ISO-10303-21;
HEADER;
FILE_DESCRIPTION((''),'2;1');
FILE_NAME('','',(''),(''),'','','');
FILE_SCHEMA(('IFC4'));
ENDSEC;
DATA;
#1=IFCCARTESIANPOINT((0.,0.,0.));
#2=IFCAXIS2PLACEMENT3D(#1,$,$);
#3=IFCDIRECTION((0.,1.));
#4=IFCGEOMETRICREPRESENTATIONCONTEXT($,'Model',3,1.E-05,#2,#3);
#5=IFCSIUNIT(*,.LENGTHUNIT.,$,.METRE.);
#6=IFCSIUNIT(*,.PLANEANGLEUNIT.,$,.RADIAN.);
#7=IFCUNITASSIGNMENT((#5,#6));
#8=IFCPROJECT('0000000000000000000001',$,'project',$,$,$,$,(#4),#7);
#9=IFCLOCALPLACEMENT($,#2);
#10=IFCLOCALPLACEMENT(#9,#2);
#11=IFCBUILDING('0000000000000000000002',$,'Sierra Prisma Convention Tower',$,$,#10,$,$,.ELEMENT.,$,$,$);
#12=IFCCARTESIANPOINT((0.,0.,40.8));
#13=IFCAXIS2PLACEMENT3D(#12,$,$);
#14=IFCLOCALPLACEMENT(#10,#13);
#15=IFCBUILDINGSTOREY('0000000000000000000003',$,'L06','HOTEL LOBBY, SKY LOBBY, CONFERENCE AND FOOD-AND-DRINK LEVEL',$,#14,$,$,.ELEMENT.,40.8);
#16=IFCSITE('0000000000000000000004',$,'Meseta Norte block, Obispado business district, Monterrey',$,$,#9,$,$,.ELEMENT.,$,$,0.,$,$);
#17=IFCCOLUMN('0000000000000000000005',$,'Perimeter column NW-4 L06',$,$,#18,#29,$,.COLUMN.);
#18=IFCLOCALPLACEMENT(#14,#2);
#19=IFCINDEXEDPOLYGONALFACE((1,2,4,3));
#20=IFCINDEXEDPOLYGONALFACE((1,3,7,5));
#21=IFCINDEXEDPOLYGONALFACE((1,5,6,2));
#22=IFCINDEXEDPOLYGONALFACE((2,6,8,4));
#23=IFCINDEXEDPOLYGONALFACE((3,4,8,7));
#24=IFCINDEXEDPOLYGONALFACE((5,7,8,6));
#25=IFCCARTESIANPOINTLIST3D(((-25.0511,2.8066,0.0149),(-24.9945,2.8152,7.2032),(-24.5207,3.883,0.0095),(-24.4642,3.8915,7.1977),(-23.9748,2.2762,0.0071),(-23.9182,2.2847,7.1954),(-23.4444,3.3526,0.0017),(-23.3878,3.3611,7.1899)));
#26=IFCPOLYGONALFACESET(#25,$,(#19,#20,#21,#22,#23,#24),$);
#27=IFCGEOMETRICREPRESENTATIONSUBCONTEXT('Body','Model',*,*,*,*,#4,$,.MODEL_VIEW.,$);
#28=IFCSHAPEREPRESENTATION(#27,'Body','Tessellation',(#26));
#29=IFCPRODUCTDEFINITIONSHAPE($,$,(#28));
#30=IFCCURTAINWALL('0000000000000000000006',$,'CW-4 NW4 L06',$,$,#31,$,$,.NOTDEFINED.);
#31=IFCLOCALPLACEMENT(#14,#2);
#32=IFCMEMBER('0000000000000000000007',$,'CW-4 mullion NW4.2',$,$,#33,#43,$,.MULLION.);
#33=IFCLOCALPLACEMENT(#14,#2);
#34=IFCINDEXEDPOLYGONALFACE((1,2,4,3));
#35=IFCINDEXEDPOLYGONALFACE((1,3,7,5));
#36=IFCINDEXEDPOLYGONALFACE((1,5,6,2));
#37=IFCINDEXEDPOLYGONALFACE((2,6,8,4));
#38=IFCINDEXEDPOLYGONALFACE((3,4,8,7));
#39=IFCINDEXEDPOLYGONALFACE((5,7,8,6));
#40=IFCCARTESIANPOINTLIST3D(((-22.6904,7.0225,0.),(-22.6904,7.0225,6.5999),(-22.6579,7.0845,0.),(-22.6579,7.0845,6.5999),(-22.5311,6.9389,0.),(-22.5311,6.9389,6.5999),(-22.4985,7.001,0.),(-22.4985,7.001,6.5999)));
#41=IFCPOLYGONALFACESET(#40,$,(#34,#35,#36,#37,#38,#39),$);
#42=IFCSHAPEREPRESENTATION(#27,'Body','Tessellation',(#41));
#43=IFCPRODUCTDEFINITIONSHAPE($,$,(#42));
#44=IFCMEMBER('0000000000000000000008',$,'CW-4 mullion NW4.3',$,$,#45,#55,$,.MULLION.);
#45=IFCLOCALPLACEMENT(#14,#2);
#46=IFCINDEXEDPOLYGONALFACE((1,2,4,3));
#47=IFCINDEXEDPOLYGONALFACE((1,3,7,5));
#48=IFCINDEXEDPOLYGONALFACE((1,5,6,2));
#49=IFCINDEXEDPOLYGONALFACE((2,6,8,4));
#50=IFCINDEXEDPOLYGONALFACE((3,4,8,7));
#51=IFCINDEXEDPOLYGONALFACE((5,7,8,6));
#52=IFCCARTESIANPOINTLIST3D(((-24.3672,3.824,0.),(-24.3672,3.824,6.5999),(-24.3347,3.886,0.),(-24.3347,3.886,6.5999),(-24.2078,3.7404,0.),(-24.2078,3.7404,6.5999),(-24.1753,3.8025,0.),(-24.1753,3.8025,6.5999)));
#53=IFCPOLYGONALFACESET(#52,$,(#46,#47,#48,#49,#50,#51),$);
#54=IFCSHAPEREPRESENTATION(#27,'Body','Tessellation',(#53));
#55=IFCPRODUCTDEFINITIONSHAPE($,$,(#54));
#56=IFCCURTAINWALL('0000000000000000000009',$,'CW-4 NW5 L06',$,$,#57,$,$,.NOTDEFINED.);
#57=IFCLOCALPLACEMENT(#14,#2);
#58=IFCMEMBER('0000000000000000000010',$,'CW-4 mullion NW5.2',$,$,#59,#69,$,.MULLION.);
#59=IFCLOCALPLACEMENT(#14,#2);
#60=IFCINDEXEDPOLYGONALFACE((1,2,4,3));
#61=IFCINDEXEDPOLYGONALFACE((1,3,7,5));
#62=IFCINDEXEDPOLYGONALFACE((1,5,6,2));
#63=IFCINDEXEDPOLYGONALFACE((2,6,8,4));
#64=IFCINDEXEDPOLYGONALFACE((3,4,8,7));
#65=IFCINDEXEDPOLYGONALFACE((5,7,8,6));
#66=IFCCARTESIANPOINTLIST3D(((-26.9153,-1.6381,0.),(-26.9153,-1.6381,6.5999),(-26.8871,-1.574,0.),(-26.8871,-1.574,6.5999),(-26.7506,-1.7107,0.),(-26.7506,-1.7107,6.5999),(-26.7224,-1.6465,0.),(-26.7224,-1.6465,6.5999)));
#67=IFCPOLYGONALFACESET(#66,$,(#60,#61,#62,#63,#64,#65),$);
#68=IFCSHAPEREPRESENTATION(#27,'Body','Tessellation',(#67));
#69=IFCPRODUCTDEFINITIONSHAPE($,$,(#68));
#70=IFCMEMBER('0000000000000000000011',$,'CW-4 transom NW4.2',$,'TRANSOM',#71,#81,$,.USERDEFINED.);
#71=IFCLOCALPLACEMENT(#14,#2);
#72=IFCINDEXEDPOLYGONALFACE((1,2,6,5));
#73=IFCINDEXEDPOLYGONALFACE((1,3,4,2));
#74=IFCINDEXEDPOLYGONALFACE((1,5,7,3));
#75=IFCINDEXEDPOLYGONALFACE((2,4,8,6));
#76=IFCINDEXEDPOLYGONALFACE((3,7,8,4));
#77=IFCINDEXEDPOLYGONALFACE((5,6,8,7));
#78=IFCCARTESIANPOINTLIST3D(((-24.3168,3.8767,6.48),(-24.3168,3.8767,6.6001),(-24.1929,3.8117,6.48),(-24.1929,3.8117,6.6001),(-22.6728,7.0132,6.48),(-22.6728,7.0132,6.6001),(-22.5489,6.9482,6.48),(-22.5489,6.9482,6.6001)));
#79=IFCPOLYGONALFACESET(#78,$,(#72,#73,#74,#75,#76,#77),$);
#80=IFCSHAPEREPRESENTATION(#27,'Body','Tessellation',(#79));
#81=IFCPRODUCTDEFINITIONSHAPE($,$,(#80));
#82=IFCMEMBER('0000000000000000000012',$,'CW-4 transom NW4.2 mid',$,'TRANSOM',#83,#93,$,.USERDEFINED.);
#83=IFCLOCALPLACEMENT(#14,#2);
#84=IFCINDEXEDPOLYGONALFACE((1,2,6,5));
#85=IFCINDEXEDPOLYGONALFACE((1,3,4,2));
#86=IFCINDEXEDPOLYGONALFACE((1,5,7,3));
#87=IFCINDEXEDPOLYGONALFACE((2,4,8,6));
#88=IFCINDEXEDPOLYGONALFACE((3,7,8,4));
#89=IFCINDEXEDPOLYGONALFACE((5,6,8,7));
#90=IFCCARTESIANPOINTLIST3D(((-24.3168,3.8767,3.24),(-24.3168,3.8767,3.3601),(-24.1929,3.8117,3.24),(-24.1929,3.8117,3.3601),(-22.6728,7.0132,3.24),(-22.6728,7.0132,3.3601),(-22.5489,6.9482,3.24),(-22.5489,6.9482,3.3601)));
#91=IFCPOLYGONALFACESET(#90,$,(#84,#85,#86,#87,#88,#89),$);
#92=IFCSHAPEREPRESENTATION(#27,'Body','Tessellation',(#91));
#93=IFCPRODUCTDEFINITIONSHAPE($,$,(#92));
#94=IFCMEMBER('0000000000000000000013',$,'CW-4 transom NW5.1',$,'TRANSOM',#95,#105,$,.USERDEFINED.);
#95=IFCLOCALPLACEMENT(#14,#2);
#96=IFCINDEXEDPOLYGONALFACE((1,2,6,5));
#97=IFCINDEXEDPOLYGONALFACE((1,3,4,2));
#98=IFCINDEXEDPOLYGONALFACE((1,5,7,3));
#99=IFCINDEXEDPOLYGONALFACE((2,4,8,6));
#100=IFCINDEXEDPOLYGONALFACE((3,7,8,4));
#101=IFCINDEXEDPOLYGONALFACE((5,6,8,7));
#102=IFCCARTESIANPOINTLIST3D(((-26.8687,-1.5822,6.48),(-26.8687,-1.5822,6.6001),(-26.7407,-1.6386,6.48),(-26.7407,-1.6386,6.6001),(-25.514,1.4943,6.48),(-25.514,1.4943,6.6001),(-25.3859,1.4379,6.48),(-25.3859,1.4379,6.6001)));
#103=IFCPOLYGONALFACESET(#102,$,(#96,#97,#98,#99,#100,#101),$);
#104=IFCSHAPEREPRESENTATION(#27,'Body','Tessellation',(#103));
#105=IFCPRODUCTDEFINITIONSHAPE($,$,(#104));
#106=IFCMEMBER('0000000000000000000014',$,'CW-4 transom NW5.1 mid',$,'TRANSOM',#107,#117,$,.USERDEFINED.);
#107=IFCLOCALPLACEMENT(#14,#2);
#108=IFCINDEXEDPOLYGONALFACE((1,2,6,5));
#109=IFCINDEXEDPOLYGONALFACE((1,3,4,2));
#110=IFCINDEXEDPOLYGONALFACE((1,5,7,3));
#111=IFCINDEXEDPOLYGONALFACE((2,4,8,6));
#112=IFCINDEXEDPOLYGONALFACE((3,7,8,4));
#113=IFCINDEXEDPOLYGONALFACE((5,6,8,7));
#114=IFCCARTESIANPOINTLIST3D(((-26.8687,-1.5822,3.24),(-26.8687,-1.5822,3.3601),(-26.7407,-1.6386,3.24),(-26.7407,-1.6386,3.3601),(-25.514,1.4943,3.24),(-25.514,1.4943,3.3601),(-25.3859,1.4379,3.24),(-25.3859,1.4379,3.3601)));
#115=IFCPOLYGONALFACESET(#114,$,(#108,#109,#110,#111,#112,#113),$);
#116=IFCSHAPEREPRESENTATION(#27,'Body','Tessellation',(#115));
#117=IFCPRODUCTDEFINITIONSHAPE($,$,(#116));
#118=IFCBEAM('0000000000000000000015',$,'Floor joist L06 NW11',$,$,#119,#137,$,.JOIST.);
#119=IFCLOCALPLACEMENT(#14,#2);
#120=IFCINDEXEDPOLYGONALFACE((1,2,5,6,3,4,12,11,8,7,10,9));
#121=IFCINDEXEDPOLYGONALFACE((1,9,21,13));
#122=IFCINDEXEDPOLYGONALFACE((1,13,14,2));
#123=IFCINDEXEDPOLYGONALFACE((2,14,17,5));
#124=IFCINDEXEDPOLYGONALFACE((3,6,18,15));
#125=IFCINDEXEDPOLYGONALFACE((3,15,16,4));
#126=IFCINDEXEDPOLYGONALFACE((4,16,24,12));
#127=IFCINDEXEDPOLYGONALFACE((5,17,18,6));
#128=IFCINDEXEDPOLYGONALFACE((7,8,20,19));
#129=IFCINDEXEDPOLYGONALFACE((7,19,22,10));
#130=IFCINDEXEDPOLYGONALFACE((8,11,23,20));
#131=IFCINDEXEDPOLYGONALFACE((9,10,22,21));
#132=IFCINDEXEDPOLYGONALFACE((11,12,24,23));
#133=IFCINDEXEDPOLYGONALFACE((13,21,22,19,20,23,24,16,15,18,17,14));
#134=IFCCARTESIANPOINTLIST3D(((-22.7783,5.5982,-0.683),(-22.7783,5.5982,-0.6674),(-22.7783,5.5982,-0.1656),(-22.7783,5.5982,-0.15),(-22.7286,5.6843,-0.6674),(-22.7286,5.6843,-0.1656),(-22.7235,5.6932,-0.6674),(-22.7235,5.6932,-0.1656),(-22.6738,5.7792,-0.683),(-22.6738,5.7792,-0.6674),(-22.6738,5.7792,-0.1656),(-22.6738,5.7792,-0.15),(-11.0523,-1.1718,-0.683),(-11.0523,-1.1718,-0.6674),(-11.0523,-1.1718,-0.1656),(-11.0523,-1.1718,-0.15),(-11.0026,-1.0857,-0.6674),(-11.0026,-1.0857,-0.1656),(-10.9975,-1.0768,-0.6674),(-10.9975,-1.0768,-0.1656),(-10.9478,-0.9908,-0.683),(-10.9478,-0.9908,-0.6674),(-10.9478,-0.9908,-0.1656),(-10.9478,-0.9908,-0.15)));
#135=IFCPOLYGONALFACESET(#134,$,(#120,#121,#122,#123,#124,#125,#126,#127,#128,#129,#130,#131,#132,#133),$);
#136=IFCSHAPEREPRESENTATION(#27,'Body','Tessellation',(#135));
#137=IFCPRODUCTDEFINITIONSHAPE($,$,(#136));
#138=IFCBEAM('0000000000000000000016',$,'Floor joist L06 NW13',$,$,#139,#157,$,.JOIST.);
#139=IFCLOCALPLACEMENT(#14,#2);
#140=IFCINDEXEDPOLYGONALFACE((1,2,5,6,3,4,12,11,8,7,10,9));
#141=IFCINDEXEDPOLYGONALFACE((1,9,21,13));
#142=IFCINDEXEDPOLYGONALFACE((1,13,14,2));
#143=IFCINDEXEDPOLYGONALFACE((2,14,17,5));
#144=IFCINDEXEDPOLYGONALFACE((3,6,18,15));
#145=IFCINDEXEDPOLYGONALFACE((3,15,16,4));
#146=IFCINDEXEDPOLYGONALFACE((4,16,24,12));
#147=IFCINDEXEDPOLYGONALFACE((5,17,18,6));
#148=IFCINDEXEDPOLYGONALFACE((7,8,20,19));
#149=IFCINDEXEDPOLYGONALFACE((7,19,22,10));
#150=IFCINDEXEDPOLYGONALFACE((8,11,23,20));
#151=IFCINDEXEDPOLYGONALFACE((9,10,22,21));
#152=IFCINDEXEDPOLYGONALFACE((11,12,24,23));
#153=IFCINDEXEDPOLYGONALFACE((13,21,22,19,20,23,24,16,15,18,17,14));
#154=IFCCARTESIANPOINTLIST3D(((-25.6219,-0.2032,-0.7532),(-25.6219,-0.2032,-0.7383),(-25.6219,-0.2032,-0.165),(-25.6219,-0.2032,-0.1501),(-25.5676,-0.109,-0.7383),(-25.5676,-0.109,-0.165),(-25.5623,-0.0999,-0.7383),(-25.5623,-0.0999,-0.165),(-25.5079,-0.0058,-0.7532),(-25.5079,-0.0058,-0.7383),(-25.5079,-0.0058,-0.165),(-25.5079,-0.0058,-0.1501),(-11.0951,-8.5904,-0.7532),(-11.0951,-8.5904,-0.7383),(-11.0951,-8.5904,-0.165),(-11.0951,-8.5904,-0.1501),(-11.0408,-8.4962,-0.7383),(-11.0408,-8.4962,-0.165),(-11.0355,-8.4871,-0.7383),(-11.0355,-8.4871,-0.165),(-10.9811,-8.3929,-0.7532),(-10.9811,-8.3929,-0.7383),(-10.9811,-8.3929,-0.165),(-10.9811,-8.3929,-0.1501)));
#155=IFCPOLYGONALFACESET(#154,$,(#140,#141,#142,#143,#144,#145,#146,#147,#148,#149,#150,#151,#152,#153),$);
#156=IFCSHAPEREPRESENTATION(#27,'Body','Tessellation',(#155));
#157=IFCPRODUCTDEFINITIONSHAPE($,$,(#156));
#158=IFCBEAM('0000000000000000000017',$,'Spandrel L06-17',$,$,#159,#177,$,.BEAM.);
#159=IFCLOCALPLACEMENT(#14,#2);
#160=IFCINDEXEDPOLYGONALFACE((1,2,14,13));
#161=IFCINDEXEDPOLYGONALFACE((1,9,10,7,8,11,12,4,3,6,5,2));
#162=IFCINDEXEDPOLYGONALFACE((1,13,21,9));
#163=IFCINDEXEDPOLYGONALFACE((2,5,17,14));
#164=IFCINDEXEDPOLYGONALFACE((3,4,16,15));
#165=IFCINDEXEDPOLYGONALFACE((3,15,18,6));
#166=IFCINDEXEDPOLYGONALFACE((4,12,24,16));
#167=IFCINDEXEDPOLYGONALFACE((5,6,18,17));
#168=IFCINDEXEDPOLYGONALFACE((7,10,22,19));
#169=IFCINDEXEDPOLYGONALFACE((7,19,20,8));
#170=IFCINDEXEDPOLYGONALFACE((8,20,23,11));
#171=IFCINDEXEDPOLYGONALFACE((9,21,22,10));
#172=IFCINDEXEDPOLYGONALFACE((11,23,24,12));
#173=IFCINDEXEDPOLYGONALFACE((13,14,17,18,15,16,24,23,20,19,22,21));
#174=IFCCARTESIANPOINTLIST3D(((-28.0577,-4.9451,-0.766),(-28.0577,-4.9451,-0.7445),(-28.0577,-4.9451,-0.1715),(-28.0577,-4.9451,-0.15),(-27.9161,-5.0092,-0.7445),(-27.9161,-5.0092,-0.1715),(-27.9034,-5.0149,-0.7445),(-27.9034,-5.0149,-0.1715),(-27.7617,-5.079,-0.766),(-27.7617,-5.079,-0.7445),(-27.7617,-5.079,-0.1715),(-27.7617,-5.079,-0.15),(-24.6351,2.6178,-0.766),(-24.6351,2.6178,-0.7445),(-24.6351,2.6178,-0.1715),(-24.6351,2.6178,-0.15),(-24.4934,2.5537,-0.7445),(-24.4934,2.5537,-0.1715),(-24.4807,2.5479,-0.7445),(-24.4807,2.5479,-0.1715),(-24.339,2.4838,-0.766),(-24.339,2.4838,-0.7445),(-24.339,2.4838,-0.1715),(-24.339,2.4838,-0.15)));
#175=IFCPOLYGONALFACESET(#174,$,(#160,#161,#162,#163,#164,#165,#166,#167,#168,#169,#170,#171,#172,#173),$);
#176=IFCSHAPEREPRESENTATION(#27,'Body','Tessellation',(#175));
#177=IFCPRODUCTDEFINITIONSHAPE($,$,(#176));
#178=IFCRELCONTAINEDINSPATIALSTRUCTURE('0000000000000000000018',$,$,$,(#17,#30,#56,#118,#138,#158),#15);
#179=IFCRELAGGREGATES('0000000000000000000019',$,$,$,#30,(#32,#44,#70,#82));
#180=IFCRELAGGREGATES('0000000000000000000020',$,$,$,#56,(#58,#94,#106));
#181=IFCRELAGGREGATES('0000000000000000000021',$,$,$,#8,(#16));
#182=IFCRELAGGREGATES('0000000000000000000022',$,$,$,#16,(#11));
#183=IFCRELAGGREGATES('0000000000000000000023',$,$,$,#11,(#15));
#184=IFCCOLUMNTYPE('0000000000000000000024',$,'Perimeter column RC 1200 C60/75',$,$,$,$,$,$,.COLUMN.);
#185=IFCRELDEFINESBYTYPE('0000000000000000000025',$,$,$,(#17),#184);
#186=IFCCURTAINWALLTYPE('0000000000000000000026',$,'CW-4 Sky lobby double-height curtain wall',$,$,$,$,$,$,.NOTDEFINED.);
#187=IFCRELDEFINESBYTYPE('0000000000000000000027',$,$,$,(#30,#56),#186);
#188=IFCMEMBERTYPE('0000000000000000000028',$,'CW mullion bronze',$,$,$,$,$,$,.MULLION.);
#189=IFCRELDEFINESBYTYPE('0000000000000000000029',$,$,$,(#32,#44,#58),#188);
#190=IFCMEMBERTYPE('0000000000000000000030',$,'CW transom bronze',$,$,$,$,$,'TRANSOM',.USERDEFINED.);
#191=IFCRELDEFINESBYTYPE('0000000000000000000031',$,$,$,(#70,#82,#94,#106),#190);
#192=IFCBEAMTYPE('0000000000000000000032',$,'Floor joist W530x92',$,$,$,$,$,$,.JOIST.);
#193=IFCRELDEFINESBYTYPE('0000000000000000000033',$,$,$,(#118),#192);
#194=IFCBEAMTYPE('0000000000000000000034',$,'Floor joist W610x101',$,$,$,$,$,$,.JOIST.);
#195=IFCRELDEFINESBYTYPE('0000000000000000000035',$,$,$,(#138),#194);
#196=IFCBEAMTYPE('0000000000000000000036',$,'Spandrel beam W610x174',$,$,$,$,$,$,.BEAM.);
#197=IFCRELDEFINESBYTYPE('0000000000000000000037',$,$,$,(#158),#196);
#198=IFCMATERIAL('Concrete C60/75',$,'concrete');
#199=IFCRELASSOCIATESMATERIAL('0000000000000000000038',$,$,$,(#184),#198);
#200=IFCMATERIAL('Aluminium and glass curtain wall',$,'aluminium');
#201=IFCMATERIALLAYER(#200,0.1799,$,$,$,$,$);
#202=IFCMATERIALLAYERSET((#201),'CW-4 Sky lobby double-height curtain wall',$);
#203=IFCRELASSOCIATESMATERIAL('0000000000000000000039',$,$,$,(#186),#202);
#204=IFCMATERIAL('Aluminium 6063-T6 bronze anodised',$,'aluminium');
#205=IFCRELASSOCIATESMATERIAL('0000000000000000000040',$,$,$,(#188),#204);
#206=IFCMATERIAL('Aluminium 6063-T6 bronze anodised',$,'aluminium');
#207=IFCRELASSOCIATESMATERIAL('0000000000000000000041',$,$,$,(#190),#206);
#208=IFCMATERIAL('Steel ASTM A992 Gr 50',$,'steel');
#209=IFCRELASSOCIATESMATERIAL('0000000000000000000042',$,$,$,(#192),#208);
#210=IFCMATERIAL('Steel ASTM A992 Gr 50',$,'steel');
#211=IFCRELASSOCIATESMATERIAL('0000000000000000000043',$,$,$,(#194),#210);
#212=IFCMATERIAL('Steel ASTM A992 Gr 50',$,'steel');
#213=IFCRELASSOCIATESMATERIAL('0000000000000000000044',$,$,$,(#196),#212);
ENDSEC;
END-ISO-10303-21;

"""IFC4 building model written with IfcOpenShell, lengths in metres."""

from ifc_helpers import new_model, si_unit, direction, frame, origin, origin_2d, place, context, subcontext, project, spatial, rectangle, i_section, extrude, clip, halfspace, material, layer, layer_set, material_profile, profile_set, type_object, element, aggregate, save


model = new_model("IFC4")

# Units and contexts
model_context = context("Model", 3, precision=1e-05, world=origin(), true_north=direction((0.0, 1.0)))
body_context = subcontext(model_context, "Body", "Model", "MODEL_VIEW")
ifc_project = project(units=[si_unit("LENGTHUNIT", "METRE"), si_unit("PLANEANGLEUNIT", "RADIAN")], contexts=[model_context])

# Site, building, storey
site_placement = place(None, origin())
site = spatial("IfcSite", under=ifc_project, at=site_placement, Name="Meseta Norte block, Obispado business district, Monterrey", CompositionType="ELEMENT", RefElevation=0.0)
building_placement = place(site_placement, origin())
building = spatial("IfcBuilding", under=site, at=building_placement, Name="Sierra Prisma Convention Tower", CompositionType="ELEMENT")
storey_placement = place(building_placement, frame((0.0, 0.0, 40.8)))
storey = spatial("IfcBuildingStorey", under=building, at=storey_placement, Name="L06", Description="HOTEL LOBBY, SKY LOBBY, CONFERENCE AND FOOD-AND-DRINK LEVEL", CompositionType="ELEMENT", Elevation=40.8)

# Column
ifc_material_1 = material(Name="Concrete C60/75", Category="concrete")
ifc_material_profile_1 = material_profile(ifc_material_1, rectangle(XDim=1.2, YDim=1.2, at=origin_2d()), Name="Perimeter column RC 1200 C60/75")
ifc_profile_set_1 = profile_set([ifc_material_profile_1], Name="Concrete C60/75")
column_type = type_object("IfcColumnType", Name="Perimeter column RC 1200 C60/75", PredefinedType="COLUMN", material=ifc_profile_set_1)
column_placement = place(storey_placement, frame((-24.2478, 3.0796, 0.0), z_axis=(0.007867, 0.001187, 0.999968), x_axis=(0.442009, 0.896999, -0.004542)))
element("IfcColumn", 1, at=column_placement, inside=storey, type_object=column_type, Name="Perimeter column NW-4 L06", PredefinedType="COLUMN", context=body_context, shape_type="SweptSolid", body=[
    clip(clip(extrude(rectangle(XDim=1.2, YDim=1.2, at=origin_2d()), origin(), (0.0, 0.0, 1.0), 7.2002), halfspace(frame((0.0, 0.0, 0.0083)), True)), halfspace(frame((0.0, 0.0, 7.1968)), False)),
])

# Curtain wall, members
ifc_material_2 = material(Name="Aluminium and glass curtain wall", Category="aluminium")
ifc_layer_1 = layer(ifc_material_2, 0.1799)
ifc_layer_set_1 = layer_set([ifc_layer_1], Name="CW-4 Sky lobby double-height curtain wall")
curtain_wall_type = type_object("IfcCurtainWallType", Name="CW-4 Sky lobby double-height curtain wall", PredefinedType="NOTDEFINED", material=ifc_layer_set_1)
curtain_wall_1_placement = place(storey_placement, origin())
curtain_wall_1 = element("IfcCurtainWall", 2, at=curtain_wall_1_placement, inside=storey, type_object=curtain_wall_type, Name="CW-4 NW4 L06", PredefinedType="NOTDEFINED")
ifc_material_3 = material(Name="Aluminium 6063-T6 bronze anodised", Category="aluminium")
ifc_material_profile_2 = material_profile(ifc_material_3, rectangle(XDim=0.1799, YDim=0.0701, at=origin_2d()), Name="ALU MULLION 70x180")
ifc_profile_set_2 = profile_set([ifc_material_profile_2], Name="Aluminium 6063-T6 bronze anodised")
member_type_1 = type_object("IfcMemberType", Name="CW mullion bronze", PredefinedType="MULLION", material=ifc_profile_set_2)
member_1_placement = place(storey_placement, frame((-22.5945, 7.0117, 0.0), z_axis=(0.0, 0.0, 1.0), x_axis=(0.885704, -0.464251, 0.0)))
member_1 = element("IfcMember", 3, at=member_1_placement, type_object=member_type_1, Name="CW-4 mullion NW4.2", PredefinedType="MULLION", context=body_context, shape_type="SweptSolid", body=[
    extrude(rectangle(XDim=0.1799, YDim=0.0701, at=origin_2d()), origin(), (0.0, 0.0, 1.0), 6.5999),
])
member_2_placement = place(storey_placement, frame((-24.2712, 3.8132, 0.0), z_axis=(0.0, 0.0, 1.0), x_axis=(0.885704, -0.464251, 0.0)))
member_2 = element("IfcMember", 4, at=member_2_placement, type_object=member_type_1, Name="CW-4 mullion NW4.3", PredefinedType="MULLION", context=body_context, shape_type="SweptSolid", body=[
    extrude(rectangle(XDim=0.1799, YDim=0.0701, at=origin_2d()), origin(), (0.0, 0.0, 1.0), 6.5999),
])

# Curtain wall, member
curtain_wall_2_placement = place(storey_placement, origin())
curtain_wall_2 = element("IfcCurtainWall", 5, at=curtain_wall_2_placement, inside=storey, type_object=curtain_wall_type, Name="CW-4 NW5 L06", PredefinedType="NOTDEFINED")
member_3_placement = place(storey_placement, frame((-26.8188, -1.6423, 0.0), z_axis=(0.0, 0.0, 1.0), x_axis=(0.915207, -0.402984, 0.0)))
member_3 = element("IfcMember", 6, at=member_3_placement, type_object=member_type_1, Name="CW-4 mullion NW5.2", PredefinedType="MULLION", context=body_context, shape_type="SweptSolid", body=[
    extrude(rectangle(XDim=0.1799, YDim=0.0701, at=origin_2d()), origin(), (0.0, 0.0, 1.0), 6.5999),
])

# Members
ifc_material_4 = material(Name="Aluminium 6063-T6 bronze anodised", Category="aluminium")
ifc_material_profile_3 = material_profile(ifc_material_4, rectangle(XDim=0.1399, YDim=0.1201, at=origin_2d()), Name="ALU TRANSOM 120x140")
ifc_profile_set_3 = profile_set([ifc_material_profile_3], Name="Aluminium 6063-T6 bronze anodised")
member_type_2 = type_object("IfcMemberType", Name="CW transom bronze", ElementType="TRANSOM", PredefinedType="USERDEFINED", material=ifc_profile_set_3)
member_4_placement = place(storey_placement, frame((-22.6108, 6.9807, 6.54), z_axis=(-0.464257, -0.885701, 0.0), x_axis=(0.885701, -0.464257, 0.0)))
member_4 = element("IfcMember", 7, at=member_4_placement, type_object=member_type_2, Name="CW-4 transom NW4.2", ObjectType="TRANSOM", PredefinedType="USERDEFINED", context=body_context, shape_type="SweptSolid", body=[
    extrude(rectangle(XDim=0.1399, YDim=0.1201, at=origin_2d()), origin(), (0.0, 0.0, 1.0), 3.5413),
])
member_5_placement = place(storey_placement, frame((-22.6108, 6.9807, 3.3), z_axis=(-0.464257, -0.885701, 0.0), x_axis=(0.885701, -0.464257, 0.0)))
member_5 = element("IfcMember", 8, at=member_5_placement, type_object=member_type_2, Name="CW-4 transom NW4.2 mid", ObjectType="TRANSOM", PredefinedType="USERDEFINED", context=body_context, shape_type="SweptSolid", body=[
    extrude(rectangle(XDim=0.1399, YDim=0.1201, at=origin_2d()), origin(), (0.0, 0.0, 1.0), 3.5413),
])
member_6_placement = place(storey_placement, frame((-25.45, 1.4661, 6.54), z_axis=(-0.403016, -0.915193, 0.0), x_axis=(0.915193, -0.403016, 0.0)))
member_6 = element("IfcMember", 9, at=member_6_placement, type_object=member_type_2, Name="CW-4 transom NW5.1", ObjectType="TRANSOM", PredefinedType="USERDEFINED", context=body_context, shape_type="SweptSolid", body=[
    extrude(rectangle(XDim=0.1399, YDim=0.1201, at=origin_2d()), origin(), (0.0, 0.0, 1.0), 3.3616),
])
member_7_placement = place(storey_placement, frame((-25.45, 1.4661, 3.3), z_axis=(-0.403016, -0.915193, 0.0), x_axis=(0.915193, -0.403016, 0.0)))
member_7 = element("IfcMember", 10, at=member_7_placement, type_object=member_type_2, Name="CW-4 transom NW5.1 mid", ObjectType="TRANSOM", PredefinedType="USERDEFINED", context=body_context, shape_type="SweptSolid", body=[
    extrude(rectangle(XDim=0.1399, YDim=0.1201, at=origin_2d()), origin(), (0.0, 0.0, 1.0), 3.3616),
])

# Beams
ifc_material_5 = material(Name="Steel ASTM A992 Gr 50", Category="steel")
ifc_material_profile_4 = material_profile(ifc_material_5, i_section(OverallWidth=0.209, OverallDepth=0.533, WebThickness=0.0103, FlangeThickness=0.0156, at=origin_2d()), Name="W530x92")
ifc_profile_set_4 = profile_set([ifc_material_profile_4], Name="Steel ASTM A992 Gr 50")
beam_type_1 = type_object("IfcBeamType", Name="Floor joist W530x92", PredefinedType="JOIST", material=ifc_profile_set_4)
beam_1_placement = place(storey_placement, frame((-22.7261, 5.6887, -0.4165), z_axis=(0.866026, -0.499998, 0.0), x_axis=(0.499998, 0.866026, 0.0)))
element("IfcBeam", 11, at=beam_1_placement, inside=storey, type_object=beam_type_1, Name="Floor joist L06 NW11", PredefinedType="JOIST", context=body_context, shape_type="SweptSolid", body=[
    extrude(i_section(OverallWidth=0.209, OverallDepth=0.533, WebThickness=0.0103, FlangeThickness=0.0156, at=origin_2d()), origin(), (0.0, 0.0, 1.0), 13.54),
])
ifc_material_6 = material(Name="Steel ASTM A992 Gr 50", Category="steel")
ifc_material_profile_5 = material_profile(ifc_material_6, i_section(OverallWidth=0.228, OverallDepth=0.603, WebThickness=0.0105, FlangeThickness=0.0149, at=origin_2d()), Name="W610x101")
ifc_profile_set_5 = profile_set([ifc_material_profile_5], Name="Steel ASTM A992 Gr 50")
beam_type_2 = type_object("IfcBeamType", Name="Floor joist W610x101", PredefinedType="JOIST", material=ifc_profile_set_5)
beam_2_placement = place(storey_placement, frame((-25.5649, -0.1045, -0.4517), z_axis=(0.866022, -0.500006, 0.0), x_axis=(0.500006, 0.866022, 0.0)))
element("IfcBeam", 12, at=beam_2_placement, inside=storey, type_object=beam_type_2, Name="Floor joist L06 NW13", PredefinedType="JOIST", context=body_context, shape_type="SweptSolid", body=[
    extrude(i_section(OverallWidth=0.228, OverallDepth=0.603, WebThickness=0.0105, FlangeThickness=0.0149, at=origin_2d()), origin(), (0.0, 0.0, 1.0), 16.7742),
])
ifc_material_7 = material(Name="Steel ASTM A992 Gr 50", Category="steel")
ifc_material_profile_6 = material_profile(ifc_material_7, i_section(OverallWidth=0.325, OverallDepth=0.616, WebThickness=0.0139, FlangeThickness=0.0215, at=origin_2d()), Name="W610x174")
ifc_profile_set_6 = profile_set([ifc_material_profile_6], Name="Steel ASTM A992 Gr 50")
beam_type_3 = type_object("IfcBeamType", Name="Spandrel beam W610x174", PredefinedType="BEAM", material=ifc_profile_set_6)
beam_3_placement = place(storey_placement, frame((-24.4871, 2.5508, -0.458), z_axis=(-0.412304, -0.911046, 0.0), x_axis=(0.911046, -0.412304, 0.0)))
element("IfcBeam", 13, at=beam_3_placement, inside=storey, type_object=beam_type_3, Name="Spandrel L06-17", PredefinedType="BEAM", context=body_context, shape_type="SweptSolid", body=[
    extrude(i_section(OverallWidth=0.325, OverallDepth=0.616, WebThickness=0.0139, FlangeThickness=0.0215, at=origin_2d()), origin(), (0.0, 0.0, 1.0), 8.3013),
])

aggregate(curtain_wall_1, [member_1, member_2, member_4, member_5])
aggregate(curtain_wall_2, [member_3, member_6, member_7])

save(model, "model.ifc")
